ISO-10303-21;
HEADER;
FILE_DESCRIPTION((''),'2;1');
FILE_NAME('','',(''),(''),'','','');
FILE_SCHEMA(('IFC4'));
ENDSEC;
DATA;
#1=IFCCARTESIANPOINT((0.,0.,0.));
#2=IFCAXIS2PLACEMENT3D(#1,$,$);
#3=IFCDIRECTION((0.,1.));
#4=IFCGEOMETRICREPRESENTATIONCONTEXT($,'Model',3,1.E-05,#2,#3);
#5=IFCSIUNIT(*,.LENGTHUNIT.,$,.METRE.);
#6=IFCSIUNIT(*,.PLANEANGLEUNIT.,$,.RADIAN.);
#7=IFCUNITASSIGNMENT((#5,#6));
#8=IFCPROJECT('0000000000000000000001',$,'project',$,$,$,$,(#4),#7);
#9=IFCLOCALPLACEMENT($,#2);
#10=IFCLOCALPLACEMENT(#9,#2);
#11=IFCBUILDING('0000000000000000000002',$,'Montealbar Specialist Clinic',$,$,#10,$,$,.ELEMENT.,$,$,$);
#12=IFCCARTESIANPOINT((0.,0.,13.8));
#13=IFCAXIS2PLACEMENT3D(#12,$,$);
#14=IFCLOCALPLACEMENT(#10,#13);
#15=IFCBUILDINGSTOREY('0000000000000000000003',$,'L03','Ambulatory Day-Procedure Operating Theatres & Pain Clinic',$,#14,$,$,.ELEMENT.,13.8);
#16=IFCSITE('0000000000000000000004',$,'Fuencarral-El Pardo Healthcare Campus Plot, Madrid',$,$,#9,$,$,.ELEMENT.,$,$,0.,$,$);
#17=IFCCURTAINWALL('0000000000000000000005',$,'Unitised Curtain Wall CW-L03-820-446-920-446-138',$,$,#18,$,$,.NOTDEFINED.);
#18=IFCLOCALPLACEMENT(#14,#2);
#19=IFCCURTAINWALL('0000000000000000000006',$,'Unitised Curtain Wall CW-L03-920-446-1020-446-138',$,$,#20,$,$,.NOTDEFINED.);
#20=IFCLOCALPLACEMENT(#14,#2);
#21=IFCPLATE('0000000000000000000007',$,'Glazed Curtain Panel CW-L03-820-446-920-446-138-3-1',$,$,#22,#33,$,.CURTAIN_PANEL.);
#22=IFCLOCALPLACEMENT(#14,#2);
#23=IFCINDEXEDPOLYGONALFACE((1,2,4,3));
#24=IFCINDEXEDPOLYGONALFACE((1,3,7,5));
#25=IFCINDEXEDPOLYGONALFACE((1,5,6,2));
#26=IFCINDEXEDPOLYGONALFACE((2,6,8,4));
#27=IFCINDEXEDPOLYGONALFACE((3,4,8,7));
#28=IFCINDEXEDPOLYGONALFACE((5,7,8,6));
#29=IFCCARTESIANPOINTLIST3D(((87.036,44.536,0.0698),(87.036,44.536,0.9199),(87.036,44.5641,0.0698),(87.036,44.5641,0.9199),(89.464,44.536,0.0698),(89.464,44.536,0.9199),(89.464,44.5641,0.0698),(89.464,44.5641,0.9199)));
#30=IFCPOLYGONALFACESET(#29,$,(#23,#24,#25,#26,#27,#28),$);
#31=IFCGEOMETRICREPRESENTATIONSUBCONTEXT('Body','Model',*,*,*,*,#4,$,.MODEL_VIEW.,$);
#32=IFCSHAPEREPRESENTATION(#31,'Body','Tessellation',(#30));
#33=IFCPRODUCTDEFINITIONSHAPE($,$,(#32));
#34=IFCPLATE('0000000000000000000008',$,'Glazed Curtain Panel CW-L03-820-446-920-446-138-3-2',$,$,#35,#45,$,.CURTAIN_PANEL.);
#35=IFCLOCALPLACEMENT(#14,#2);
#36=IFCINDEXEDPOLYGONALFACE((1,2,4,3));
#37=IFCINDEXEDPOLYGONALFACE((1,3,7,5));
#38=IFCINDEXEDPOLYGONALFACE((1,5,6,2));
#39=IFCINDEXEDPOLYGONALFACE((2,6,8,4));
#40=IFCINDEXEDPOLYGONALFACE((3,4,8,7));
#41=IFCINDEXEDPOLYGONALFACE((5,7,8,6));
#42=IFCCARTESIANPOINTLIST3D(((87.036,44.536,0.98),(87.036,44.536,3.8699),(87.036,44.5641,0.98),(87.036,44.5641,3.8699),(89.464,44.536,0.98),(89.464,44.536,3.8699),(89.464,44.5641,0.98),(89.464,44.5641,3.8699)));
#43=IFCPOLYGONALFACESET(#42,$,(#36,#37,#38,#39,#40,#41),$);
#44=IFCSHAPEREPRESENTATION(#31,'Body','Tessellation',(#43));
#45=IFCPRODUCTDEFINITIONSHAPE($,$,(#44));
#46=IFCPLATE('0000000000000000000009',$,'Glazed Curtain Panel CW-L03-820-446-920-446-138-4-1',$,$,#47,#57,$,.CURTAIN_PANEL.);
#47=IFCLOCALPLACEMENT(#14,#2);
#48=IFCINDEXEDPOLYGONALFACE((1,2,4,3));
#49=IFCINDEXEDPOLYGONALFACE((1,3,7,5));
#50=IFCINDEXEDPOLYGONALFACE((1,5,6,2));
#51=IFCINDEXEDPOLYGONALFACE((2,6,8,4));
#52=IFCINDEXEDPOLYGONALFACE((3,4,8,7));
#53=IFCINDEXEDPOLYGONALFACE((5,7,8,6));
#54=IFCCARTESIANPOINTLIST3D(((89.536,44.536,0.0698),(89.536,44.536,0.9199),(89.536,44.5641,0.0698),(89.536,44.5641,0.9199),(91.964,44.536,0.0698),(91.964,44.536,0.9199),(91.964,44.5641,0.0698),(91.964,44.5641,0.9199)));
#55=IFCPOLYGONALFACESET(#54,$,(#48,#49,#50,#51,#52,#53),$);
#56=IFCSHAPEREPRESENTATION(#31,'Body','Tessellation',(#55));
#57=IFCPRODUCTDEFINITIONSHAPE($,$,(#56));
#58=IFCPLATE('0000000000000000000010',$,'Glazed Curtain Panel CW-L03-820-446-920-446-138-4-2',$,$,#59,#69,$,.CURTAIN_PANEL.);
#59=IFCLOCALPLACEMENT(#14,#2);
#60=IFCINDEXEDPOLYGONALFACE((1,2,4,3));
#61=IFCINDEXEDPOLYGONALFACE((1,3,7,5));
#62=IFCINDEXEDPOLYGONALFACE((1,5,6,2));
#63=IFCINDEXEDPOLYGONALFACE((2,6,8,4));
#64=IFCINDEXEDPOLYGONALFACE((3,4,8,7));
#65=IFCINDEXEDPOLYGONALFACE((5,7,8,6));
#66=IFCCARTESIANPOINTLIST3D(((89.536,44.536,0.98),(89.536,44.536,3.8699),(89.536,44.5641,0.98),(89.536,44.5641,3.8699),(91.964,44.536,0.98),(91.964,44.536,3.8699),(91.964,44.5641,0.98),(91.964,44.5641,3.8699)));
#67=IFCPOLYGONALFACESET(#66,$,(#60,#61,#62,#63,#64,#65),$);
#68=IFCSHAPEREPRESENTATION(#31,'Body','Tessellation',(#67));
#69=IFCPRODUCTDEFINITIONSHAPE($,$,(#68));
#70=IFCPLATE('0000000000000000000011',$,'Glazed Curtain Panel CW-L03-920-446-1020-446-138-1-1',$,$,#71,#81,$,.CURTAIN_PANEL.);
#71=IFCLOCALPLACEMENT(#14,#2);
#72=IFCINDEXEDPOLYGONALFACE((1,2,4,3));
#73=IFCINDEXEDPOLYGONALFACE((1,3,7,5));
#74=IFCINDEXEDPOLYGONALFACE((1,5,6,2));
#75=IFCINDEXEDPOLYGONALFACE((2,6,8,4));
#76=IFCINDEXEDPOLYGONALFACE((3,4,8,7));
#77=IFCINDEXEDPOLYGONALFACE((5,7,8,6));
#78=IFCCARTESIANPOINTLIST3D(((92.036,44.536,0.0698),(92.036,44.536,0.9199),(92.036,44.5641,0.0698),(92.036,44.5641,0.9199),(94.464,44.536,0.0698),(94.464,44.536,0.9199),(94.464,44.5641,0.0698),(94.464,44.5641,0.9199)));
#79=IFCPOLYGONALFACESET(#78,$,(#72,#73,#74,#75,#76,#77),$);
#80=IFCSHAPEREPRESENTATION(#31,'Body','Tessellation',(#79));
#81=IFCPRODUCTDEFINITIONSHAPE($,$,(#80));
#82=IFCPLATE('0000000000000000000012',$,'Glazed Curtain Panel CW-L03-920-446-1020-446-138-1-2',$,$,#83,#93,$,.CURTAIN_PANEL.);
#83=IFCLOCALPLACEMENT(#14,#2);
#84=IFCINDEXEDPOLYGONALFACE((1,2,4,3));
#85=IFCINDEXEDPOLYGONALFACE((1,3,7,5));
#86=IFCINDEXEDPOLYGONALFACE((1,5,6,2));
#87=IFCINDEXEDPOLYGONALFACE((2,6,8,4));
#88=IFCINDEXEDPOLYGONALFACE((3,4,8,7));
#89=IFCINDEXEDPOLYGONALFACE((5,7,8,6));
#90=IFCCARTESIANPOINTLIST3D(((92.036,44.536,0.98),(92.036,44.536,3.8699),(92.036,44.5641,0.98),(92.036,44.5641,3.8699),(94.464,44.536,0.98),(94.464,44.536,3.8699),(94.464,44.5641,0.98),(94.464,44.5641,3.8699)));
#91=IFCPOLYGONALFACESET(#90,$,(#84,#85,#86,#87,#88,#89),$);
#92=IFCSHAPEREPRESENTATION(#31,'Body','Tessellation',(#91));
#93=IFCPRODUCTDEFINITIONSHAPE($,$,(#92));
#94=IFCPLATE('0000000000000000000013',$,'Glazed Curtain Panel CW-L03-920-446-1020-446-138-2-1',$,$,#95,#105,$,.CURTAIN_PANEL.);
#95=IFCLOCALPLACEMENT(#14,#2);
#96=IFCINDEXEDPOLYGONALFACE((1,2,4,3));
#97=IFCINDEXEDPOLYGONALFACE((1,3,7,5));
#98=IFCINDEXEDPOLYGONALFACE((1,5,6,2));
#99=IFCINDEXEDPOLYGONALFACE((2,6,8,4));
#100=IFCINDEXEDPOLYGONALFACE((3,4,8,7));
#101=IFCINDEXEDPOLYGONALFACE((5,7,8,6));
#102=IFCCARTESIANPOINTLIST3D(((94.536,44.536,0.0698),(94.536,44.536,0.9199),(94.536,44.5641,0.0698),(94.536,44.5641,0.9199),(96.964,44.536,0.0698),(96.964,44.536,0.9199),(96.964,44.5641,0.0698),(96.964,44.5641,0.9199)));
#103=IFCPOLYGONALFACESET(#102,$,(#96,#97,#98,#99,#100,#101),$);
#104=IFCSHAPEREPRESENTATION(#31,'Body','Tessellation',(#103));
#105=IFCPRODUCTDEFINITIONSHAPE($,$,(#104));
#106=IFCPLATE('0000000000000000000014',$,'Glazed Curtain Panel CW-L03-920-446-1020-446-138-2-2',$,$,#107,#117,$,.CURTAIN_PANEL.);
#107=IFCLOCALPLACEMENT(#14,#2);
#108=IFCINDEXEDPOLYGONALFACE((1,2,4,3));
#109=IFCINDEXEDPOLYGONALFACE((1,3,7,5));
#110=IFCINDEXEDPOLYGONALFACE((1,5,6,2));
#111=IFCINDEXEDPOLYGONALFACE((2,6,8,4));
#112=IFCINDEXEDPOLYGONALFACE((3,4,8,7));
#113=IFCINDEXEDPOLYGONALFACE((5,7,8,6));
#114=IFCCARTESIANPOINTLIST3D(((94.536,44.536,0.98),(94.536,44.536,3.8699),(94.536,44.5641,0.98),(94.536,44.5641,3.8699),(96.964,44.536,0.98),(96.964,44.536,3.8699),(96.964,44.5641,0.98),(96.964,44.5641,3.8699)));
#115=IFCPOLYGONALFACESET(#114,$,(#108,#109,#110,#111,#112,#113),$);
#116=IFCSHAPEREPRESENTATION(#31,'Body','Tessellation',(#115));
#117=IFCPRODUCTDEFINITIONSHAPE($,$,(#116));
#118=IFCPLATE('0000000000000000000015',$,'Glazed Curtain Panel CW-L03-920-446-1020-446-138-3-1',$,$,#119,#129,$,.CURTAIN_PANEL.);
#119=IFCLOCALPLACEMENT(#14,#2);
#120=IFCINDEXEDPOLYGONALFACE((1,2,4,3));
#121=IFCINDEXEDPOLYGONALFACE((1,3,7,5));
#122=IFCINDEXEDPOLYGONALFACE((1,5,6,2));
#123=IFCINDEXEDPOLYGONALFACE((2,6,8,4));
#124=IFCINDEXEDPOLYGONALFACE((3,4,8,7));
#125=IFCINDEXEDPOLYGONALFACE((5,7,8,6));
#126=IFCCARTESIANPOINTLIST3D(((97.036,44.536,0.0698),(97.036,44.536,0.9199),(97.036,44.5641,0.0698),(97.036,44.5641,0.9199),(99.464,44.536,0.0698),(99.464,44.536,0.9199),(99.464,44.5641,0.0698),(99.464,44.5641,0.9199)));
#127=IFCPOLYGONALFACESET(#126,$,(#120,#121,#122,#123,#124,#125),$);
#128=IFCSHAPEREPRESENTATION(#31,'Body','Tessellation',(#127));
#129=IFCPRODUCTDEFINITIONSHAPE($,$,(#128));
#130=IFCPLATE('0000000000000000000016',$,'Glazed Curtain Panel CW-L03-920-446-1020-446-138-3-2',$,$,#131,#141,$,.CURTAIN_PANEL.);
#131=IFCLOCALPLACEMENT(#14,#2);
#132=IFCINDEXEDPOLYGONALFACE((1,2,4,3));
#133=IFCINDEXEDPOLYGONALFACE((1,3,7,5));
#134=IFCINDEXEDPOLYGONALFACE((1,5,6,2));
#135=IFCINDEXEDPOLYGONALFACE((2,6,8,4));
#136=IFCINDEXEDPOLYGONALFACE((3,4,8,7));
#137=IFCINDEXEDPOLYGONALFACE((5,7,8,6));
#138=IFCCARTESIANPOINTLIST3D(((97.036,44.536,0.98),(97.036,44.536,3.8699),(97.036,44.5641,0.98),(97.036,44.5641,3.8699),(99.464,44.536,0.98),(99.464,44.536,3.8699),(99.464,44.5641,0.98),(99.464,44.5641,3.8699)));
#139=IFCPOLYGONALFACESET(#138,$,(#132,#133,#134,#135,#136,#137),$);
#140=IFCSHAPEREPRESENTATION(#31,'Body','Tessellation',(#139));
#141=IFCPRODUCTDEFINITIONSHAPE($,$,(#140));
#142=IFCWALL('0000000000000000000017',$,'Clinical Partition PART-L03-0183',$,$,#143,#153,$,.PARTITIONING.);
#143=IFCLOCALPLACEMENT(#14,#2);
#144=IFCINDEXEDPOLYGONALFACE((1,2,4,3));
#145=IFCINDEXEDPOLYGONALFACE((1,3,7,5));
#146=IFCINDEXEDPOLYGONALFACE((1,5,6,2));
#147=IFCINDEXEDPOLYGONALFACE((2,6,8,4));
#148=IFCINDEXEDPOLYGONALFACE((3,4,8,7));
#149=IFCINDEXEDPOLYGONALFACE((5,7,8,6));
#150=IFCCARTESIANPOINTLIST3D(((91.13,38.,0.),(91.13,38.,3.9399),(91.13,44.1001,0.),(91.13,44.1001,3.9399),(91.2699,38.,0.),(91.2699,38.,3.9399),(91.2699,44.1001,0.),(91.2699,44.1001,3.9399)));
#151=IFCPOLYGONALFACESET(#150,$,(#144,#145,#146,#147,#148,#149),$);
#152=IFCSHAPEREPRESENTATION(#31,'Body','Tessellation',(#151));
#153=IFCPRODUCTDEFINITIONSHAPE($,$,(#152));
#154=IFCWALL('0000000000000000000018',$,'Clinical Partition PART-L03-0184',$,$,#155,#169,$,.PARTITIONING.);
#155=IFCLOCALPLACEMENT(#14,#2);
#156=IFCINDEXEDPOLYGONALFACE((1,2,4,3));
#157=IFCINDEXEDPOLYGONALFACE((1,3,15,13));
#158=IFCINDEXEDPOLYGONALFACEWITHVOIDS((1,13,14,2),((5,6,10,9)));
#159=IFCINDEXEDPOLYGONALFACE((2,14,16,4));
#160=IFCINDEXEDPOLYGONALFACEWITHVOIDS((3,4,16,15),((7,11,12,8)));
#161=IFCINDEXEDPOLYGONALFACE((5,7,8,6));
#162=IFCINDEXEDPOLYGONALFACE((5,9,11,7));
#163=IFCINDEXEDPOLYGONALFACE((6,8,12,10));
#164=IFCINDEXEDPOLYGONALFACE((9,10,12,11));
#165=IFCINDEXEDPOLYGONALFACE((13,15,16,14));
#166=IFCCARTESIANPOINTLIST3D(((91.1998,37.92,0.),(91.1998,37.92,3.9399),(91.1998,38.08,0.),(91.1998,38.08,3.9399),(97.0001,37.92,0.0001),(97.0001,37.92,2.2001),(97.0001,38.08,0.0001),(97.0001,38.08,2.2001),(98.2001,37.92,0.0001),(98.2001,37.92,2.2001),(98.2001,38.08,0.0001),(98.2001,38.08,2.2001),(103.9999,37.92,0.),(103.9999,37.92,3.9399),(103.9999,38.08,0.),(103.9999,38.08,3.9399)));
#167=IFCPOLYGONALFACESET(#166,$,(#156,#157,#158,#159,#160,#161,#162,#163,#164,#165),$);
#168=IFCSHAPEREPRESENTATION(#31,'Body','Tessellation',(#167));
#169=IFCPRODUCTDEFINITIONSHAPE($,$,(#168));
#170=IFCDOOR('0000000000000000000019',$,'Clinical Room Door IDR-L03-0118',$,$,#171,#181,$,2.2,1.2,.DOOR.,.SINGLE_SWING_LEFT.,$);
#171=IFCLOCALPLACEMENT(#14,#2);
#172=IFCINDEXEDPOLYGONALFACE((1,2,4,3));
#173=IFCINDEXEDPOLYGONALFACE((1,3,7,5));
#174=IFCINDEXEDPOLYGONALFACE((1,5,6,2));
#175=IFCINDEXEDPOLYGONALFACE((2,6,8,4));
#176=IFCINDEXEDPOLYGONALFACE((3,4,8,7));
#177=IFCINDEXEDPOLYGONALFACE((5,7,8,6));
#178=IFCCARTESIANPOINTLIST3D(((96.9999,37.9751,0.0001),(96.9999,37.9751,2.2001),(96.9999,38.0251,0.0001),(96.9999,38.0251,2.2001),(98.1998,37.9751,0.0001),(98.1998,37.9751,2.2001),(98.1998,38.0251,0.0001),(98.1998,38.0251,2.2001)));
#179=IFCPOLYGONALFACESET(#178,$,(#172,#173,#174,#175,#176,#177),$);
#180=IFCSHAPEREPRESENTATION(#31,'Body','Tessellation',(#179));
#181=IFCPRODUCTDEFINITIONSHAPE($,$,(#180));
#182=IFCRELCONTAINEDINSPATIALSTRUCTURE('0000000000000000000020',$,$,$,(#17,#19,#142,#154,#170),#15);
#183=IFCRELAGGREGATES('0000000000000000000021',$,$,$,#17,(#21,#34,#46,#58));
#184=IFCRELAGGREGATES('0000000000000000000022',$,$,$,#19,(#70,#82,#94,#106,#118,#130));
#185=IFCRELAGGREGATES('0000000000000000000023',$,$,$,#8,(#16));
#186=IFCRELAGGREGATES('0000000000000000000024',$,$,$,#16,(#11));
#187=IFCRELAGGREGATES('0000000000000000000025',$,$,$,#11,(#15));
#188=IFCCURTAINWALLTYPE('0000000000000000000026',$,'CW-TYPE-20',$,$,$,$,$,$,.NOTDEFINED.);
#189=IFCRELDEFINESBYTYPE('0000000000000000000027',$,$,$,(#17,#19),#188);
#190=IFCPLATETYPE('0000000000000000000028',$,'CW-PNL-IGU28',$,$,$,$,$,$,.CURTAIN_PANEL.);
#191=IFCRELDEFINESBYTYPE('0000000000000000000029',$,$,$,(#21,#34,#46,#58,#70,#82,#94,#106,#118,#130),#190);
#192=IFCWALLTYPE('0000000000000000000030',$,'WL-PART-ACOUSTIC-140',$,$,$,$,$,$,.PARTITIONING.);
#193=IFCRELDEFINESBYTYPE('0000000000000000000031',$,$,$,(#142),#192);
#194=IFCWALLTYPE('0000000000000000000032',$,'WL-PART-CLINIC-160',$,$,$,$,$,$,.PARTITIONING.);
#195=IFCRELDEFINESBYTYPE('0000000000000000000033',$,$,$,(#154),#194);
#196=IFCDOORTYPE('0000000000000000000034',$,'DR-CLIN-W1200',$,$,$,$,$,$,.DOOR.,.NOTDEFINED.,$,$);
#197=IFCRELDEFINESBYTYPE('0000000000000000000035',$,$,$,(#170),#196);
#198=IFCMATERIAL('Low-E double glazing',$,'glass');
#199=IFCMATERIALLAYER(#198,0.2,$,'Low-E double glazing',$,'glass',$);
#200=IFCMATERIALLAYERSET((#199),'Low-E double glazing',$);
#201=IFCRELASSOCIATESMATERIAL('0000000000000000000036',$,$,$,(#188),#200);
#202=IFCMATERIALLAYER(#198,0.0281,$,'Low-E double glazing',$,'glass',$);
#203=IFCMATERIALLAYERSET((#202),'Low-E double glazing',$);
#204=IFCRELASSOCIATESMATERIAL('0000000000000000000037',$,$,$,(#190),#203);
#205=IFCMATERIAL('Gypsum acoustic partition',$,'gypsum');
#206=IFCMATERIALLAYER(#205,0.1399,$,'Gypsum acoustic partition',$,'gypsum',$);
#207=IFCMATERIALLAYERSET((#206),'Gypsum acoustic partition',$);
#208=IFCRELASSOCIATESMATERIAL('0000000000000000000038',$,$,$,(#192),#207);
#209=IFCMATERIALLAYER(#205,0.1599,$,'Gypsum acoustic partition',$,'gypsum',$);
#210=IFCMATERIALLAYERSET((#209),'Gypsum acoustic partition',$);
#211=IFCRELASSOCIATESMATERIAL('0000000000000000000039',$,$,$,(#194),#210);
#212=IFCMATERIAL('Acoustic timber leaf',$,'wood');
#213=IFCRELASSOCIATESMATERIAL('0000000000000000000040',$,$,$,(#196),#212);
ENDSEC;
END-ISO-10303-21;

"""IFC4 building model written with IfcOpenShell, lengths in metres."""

from ifc_helpers import new_model, si_unit, direction, frame, frame_2d, origin, origin_2d, place, context, subcontext, project, spatial, rectangle, extrude, material, layer, layer_set, type_object, element, fill, aggregate, save


model = new_model("IFC4")

# Units and contexts
model_context = context("Model", 3, precision=1e-05, world=origin(), true_north=direction((0.0, 1.0)))
body_context = subcontext(model_context, "Body", "Model", "MODEL_VIEW")
ifc_project = project(units=[si_unit("LENGTHUNIT", "METRE"), si_unit("PLANEANGLEUNIT", "RADIAN")], contexts=[model_context])

# Site, building, storey
site_placement = place(None, origin())
site = spatial("IfcSite", under=ifc_project, at=site_placement, Name="Fuencarral-El Pardo Healthcare Campus Plot, Madrid", CompositionType="ELEMENT", RefElevation=0.0)
building_placement = place(site_placement, origin())
building = spatial("IfcBuilding", under=site, at=building_placement, Name="Montealbar Specialist Clinic", CompositionType="ELEMENT")
storey_placement = place(building_placement, frame((0.0, 0.0, 13.8)))
storey = spatial("IfcBuildingStorey", under=building, at=storey_placement, Name="L03", Description="Ambulatory Day-Procedure Operating Theatres & Pain Clinic", CompositionType="ELEMENT", Elevation=13.8)

# Curtain walls
ifc_material_1 = material(Name="Low-E double glazing", Category="glass")
ifc_layer_1 = layer(ifc_material_1, 0.2, Name="Low-E double glazing", Category="glass")
ifc_layer_set_1 = layer_set([ifc_layer_1], Name="Low-E double glazing")
curtain_wall_type = type_object("IfcCurtainWallType", Name="CW-TYPE-20", PredefinedType="NOTDEFINED", material=ifc_layer_set_1)
curtain_wall_1_placement = place(storey_placement, origin())
curtain_wall_1 = element("IfcCurtainWall", 1, at=curtain_wall_1_placement, inside=storey, type_object=curtain_wall_type, Name="Unitised Curtain Wall CW-L03-820-446-920-446-138", PredefinedType="NOTDEFINED")
curtain_wall_2_placement = place(storey_placement, origin())
curtain_wall_2 = element("IfcCurtainWall", 2, at=curtain_wall_2_placement, inside=storey, type_object=curtain_wall_type, Name="Unitised Curtain Wall CW-L03-920-446-1020-446-138", PredefinedType="NOTDEFINED")

# Plates
ifc_layer_2 = layer(ifc_material_1, 0.0281, Name="Low-E double glazing", Category="glass")
ifc_layer_set_2 = layer_set([ifc_layer_2], Name="Low-E double glazing")
plate_type = type_object("IfcPlateType", Name="CW-PNL-IGU28", PredefinedType="CURTAIN_PANEL", material=ifc_layer_set_2)
plate_1_placement = place(storey_placement, frame((88.25, 44.55, 0.0698), z_axis=(0.0, 0.0, 1.0), x_axis=(1.0, 0.0, 0.0)))
plate_1 = element("IfcPlate", 3, at=plate_1_placement, type_object=plate_type, Name="Glazed Curtain Panel CW-L03-820-446-920-446-138-3-1", PredefinedType="CURTAIN_PANEL", context=body_context, shape_type="SweptSolid", body=[
    extrude(rectangle(XDim=2.428, YDim=0.0281, at=origin_2d()), origin(), (0.0, 0.0, 1.0), 0.8501),
])
plate_2_placement = place(storey_placement, frame((88.25, 44.55, 0.98), z_axis=(0.0, 0.0, 1.0), x_axis=(1.0, 0.0, 0.0)))
plate_2 = element("IfcPlate", 4, at=plate_2_placement, type_object=plate_type, Name="Glazed Curtain Panel CW-L03-820-446-920-446-138-3-2", PredefinedType="CURTAIN_PANEL", context=body_context, shape_type="SweptSolid", body=[
    extrude(rectangle(XDim=2.428, YDim=0.0281, at=origin_2d()), origin(), (0.0, 0.0, 1.0), 2.8899),
])
plate_3_placement = place(storey_placement, frame((90.75, 44.55, 0.0698), z_axis=(0.0, 0.0, 1.0), x_axis=(1.0, 0.0, 0.0)))
plate_3 = element("IfcPlate", 5, at=plate_3_placement, type_object=plate_type, Name="Glazed Curtain Panel CW-L03-820-446-920-446-138-4-1", PredefinedType="CURTAIN_PANEL", context=body_context, shape_type="SweptSolid", body=[
    extrude(rectangle(XDim=2.428, YDim=0.0281, at=origin_2d()), origin(), (0.0, 0.0, 1.0), 0.8501),
])
plate_4_placement = place(storey_placement, frame((90.75, 44.55, 0.98), z_axis=(0.0, 0.0, 1.0), x_axis=(1.0, 0.0, 0.0)))
plate_4 = element("IfcPlate", 6, at=plate_4_placement, type_object=plate_type, Name="Glazed Curtain Panel CW-L03-820-446-920-446-138-4-2", PredefinedType="CURTAIN_PANEL", context=body_context, shape_type="SweptSolid", body=[
    extrude(rectangle(XDim=2.428, YDim=0.0281, at=origin_2d()), origin(), (0.0, 0.0, 1.0), 2.8899),
])
aggregate(curtain_wall_1, [plate_1, plate_2, plate_3, plate_4])
plate_5_placement = place(storey_placement, frame((93.25, 44.55, 0.0698), z_axis=(0.0, 0.0, 1.0), x_axis=(1.0, 0.0, 0.0)))
plate_5 = element("IfcPlate", 7, at=plate_5_placement, type_object=plate_type, Name="Glazed Curtain Panel CW-L03-920-446-1020-446-138-1-1", PredefinedType="CURTAIN_PANEL", context=body_context, shape_type="SweptSolid", body=[
    extrude(rectangle(XDim=2.428, YDim=0.0281, at=origin_2d()), origin(), (0.0, 0.0, 1.0), 0.8501),
])
plate_6_placement = place(storey_placement, frame((93.25, 44.55, 0.98), z_axis=(0.0, 0.0, 1.0), x_axis=(1.0, 0.0, 0.0)))
plate_6 = element("IfcPlate", 8, at=plate_6_placement, type_object=plate_type, Name="Glazed Curtain Panel CW-L03-920-446-1020-446-138-1-2", PredefinedType="CURTAIN_PANEL", context=body_context, shape_type="SweptSolid", body=[
    extrude(rectangle(XDim=2.428, YDim=0.0281, at=origin_2d()), origin(), (0.0, 0.0, 1.0), 2.8899),
])
plate_7_placement = place(storey_placement, frame((95.75, 44.55, 0.0698), z_axis=(0.0, 0.0, 1.0), x_axis=(1.0, 0.0, 0.0)))
plate_7 = element("IfcPlate", 9, at=plate_7_placement, type_object=plate_type, Name="Glazed Curtain Panel CW-L03-920-446-1020-446-138-2-1", PredefinedType="CURTAIN_PANEL", context=body_context, shape_type="SweptSolid", body=[
    extrude(rectangle(XDim=2.428, YDim=0.0281, at=origin_2d()), origin(), (0.0, 0.0, 1.0), 0.8501),
])
plate_8_placement = place(storey_placement, frame((95.75, 44.55, 0.98), z_axis=(0.0, 0.0, 1.0), x_axis=(1.0, 0.0, 0.0)))
plate_8 = element("IfcPlate", 10, at=plate_8_placement, type_object=plate_type, Name="Glazed Curtain Panel CW-L03-920-446-1020-446-138-2-2", PredefinedType="CURTAIN_PANEL", context=body_context, shape_type="SweptSolid", body=[
    extrude(rectangle(XDim=2.428, YDim=0.0281, at=origin_2d()), origin(), (0.0, 0.0, 1.0), 2.8899),
])
plate_9_placement = place(storey_placement, frame((98.25, 44.55, 0.0698), z_axis=(0.0, 0.0, 1.0), x_axis=(1.0, 0.0, 0.0)))
plate_9 = element("IfcPlate", 11, at=plate_9_placement, type_object=plate_type, Name="Glazed Curtain Panel CW-L03-920-446-1020-446-138-3-1", PredefinedType="CURTAIN_PANEL", context=body_context, shape_type="SweptSolid", body=[
    extrude(rectangle(XDim=2.428, YDim=0.0281, at=origin_2d()), origin(), (0.0, 0.0, 1.0), 0.8501),
])
plate_10_placement = place(storey_placement, frame((98.25, 44.55, 0.98), z_axis=(0.0, 0.0, 1.0), x_axis=(1.0, 0.0, 0.0)))
plate_10 = element("IfcPlate", 12, at=plate_10_placement, type_object=plate_type, Name="Glazed Curtain Panel CW-L03-920-446-1020-446-138-3-2", PredefinedType="CURTAIN_PANEL", context=body_context, shape_type="SweptSolid", body=[
    extrude(rectangle(XDim=2.428, YDim=0.0281, at=origin_2d()), origin(), (0.0, 0.0, 1.0), 2.8899),
])
aggregate(curtain_wall_2, [plate_5, plate_6, plate_7, plate_8, plate_9, plate_10])

# Wall
ifc_material_2 = material(Name="Gypsum acoustic partition", Category="gypsum")
ifc_layer_3 = layer(ifc_material_2, 0.1399, Name="Gypsum acoustic partition", Category="gypsum")
ifc_layer_set_3 = layer_set([ifc_layer_3], Name="Gypsum acoustic partition")
wall_type_1 = type_object("IfcWallType", Name="WL-PART-ACOUSTIC-140", PredefinedType="PARTITIONING", material=ifc_layer_set_3)
wall_1_placement = place(storey_placement, frame((91.2, 38.0, 0.0), z_axis=(0.0, 0.0, 1.0), x_axis=(0.0, 1.0, 0.0)))
element("IfcWall", 13, at=wall_1_placement, inside=storey, type_object=wall_type_1, Name="Clinical Partition PART-L03-0183", PredefinedType="PARTITIONING", context=body_context, shape_type="SweptSolid", body=[
    extrude(rectangle(XDim=6.1001, YDim=0.1399, at=frame_2d((3.05, 0.0))), origin(), (0.0, 0.0, 1.0), 3.9399),
])

# Wall, opening, door
ifc_layer_4 = layer(ifc_material_2, 0.1599, Name="Gypsum acoustic partition", Category="gypsum")
ifc_layer_set_4 = layer_set([ifc_layer_4], Name="Gypsum acoustic partition")
wall_type_2 = type_object("IfcWallType", Name="WL-PART-CLINIC-160", PredefinedType="PARTITIONING", material=ifc_layer_set_4)
wall_2_placement = place(storey_placement, frame((91.2, 38.0, 0.0), z_axis=(0.0, 0.0, 1.0), x_axis=(1.0, 0.0, 0.0)))
wall_2 = element("IfcWall", 14, at=wall_2_placement, inside=storey, type_object=wall_type_2, Name="Clinical Partition PART-L03-0184", PredefinedType="PARTITIONING", context=body_context, shape_type="SweptSolid", body=[
    extrude(rectangle(XDim=12.8, YDim=0.1599, at=frame_2d((6.3999, 0.0))), origin(), (0.0, 0.0, 1.0), 3.9399),
])
opening_placement = place(wall_2_placement, frame((5.8, 0.0, 0.0)))
opening = element("IfcOpeningElement", 15, at=opening_placement, cuts=wall_2, PredefinedType="OPENING", context=body_context, shape_type="SweptSolid", body=[
    extrude(rectangle(XDim=1.2, YDim=2.2, at=frame_2d((0.6001, 1.1001))), frame((0.0, 0.0898, 0.0), z_axis=(0.0, -1.0, 0.0), x_axis=(1.0, 0.0, 0.0)), (0.0, 0.0, 1.0), 0.1799),
])
ifc_material_3 = material(Name="Acoustic timber leaf", Category="wood")
door_type = type_object("IfcDoorType", Name="DR-CLIN-W1200", OperationType="NOTDEFINED", PredefinedType="DOOR", material=ifc_material_3)
door_placement = place(opening_placement, frame((1.2, 0.0, 0.0), z_axis=(0.0, 0.0, 1.0), x_axis=(-1.0, 0.0, 0.0)))
door = element("IfcDoor", 16, at=door_placement, inside=storey, type_object=door_type, Name="Clinical Room Door IDR-L03-0118", OperationType="SINGLE_SWING_LEFT", OverallHeight=2.2, OverallWidth=1.2, PredefinedType="DOOR", context=body_context, shape_type="SweptSolid", body=[
    extrude(rectangle(XDim=1.2, YDim=2.2, at=frame_2d((0.6001, 1.1001))), frame((0.0, 0.0249, 0.0), z_axis=(0.0, -1.0, 0.0), x_axis=(1.0, 0.0, 0.0)), (0.0, 0.0, 1.0), 0.05),
])
fill(opening, door)

save(model, "model.ifc")
